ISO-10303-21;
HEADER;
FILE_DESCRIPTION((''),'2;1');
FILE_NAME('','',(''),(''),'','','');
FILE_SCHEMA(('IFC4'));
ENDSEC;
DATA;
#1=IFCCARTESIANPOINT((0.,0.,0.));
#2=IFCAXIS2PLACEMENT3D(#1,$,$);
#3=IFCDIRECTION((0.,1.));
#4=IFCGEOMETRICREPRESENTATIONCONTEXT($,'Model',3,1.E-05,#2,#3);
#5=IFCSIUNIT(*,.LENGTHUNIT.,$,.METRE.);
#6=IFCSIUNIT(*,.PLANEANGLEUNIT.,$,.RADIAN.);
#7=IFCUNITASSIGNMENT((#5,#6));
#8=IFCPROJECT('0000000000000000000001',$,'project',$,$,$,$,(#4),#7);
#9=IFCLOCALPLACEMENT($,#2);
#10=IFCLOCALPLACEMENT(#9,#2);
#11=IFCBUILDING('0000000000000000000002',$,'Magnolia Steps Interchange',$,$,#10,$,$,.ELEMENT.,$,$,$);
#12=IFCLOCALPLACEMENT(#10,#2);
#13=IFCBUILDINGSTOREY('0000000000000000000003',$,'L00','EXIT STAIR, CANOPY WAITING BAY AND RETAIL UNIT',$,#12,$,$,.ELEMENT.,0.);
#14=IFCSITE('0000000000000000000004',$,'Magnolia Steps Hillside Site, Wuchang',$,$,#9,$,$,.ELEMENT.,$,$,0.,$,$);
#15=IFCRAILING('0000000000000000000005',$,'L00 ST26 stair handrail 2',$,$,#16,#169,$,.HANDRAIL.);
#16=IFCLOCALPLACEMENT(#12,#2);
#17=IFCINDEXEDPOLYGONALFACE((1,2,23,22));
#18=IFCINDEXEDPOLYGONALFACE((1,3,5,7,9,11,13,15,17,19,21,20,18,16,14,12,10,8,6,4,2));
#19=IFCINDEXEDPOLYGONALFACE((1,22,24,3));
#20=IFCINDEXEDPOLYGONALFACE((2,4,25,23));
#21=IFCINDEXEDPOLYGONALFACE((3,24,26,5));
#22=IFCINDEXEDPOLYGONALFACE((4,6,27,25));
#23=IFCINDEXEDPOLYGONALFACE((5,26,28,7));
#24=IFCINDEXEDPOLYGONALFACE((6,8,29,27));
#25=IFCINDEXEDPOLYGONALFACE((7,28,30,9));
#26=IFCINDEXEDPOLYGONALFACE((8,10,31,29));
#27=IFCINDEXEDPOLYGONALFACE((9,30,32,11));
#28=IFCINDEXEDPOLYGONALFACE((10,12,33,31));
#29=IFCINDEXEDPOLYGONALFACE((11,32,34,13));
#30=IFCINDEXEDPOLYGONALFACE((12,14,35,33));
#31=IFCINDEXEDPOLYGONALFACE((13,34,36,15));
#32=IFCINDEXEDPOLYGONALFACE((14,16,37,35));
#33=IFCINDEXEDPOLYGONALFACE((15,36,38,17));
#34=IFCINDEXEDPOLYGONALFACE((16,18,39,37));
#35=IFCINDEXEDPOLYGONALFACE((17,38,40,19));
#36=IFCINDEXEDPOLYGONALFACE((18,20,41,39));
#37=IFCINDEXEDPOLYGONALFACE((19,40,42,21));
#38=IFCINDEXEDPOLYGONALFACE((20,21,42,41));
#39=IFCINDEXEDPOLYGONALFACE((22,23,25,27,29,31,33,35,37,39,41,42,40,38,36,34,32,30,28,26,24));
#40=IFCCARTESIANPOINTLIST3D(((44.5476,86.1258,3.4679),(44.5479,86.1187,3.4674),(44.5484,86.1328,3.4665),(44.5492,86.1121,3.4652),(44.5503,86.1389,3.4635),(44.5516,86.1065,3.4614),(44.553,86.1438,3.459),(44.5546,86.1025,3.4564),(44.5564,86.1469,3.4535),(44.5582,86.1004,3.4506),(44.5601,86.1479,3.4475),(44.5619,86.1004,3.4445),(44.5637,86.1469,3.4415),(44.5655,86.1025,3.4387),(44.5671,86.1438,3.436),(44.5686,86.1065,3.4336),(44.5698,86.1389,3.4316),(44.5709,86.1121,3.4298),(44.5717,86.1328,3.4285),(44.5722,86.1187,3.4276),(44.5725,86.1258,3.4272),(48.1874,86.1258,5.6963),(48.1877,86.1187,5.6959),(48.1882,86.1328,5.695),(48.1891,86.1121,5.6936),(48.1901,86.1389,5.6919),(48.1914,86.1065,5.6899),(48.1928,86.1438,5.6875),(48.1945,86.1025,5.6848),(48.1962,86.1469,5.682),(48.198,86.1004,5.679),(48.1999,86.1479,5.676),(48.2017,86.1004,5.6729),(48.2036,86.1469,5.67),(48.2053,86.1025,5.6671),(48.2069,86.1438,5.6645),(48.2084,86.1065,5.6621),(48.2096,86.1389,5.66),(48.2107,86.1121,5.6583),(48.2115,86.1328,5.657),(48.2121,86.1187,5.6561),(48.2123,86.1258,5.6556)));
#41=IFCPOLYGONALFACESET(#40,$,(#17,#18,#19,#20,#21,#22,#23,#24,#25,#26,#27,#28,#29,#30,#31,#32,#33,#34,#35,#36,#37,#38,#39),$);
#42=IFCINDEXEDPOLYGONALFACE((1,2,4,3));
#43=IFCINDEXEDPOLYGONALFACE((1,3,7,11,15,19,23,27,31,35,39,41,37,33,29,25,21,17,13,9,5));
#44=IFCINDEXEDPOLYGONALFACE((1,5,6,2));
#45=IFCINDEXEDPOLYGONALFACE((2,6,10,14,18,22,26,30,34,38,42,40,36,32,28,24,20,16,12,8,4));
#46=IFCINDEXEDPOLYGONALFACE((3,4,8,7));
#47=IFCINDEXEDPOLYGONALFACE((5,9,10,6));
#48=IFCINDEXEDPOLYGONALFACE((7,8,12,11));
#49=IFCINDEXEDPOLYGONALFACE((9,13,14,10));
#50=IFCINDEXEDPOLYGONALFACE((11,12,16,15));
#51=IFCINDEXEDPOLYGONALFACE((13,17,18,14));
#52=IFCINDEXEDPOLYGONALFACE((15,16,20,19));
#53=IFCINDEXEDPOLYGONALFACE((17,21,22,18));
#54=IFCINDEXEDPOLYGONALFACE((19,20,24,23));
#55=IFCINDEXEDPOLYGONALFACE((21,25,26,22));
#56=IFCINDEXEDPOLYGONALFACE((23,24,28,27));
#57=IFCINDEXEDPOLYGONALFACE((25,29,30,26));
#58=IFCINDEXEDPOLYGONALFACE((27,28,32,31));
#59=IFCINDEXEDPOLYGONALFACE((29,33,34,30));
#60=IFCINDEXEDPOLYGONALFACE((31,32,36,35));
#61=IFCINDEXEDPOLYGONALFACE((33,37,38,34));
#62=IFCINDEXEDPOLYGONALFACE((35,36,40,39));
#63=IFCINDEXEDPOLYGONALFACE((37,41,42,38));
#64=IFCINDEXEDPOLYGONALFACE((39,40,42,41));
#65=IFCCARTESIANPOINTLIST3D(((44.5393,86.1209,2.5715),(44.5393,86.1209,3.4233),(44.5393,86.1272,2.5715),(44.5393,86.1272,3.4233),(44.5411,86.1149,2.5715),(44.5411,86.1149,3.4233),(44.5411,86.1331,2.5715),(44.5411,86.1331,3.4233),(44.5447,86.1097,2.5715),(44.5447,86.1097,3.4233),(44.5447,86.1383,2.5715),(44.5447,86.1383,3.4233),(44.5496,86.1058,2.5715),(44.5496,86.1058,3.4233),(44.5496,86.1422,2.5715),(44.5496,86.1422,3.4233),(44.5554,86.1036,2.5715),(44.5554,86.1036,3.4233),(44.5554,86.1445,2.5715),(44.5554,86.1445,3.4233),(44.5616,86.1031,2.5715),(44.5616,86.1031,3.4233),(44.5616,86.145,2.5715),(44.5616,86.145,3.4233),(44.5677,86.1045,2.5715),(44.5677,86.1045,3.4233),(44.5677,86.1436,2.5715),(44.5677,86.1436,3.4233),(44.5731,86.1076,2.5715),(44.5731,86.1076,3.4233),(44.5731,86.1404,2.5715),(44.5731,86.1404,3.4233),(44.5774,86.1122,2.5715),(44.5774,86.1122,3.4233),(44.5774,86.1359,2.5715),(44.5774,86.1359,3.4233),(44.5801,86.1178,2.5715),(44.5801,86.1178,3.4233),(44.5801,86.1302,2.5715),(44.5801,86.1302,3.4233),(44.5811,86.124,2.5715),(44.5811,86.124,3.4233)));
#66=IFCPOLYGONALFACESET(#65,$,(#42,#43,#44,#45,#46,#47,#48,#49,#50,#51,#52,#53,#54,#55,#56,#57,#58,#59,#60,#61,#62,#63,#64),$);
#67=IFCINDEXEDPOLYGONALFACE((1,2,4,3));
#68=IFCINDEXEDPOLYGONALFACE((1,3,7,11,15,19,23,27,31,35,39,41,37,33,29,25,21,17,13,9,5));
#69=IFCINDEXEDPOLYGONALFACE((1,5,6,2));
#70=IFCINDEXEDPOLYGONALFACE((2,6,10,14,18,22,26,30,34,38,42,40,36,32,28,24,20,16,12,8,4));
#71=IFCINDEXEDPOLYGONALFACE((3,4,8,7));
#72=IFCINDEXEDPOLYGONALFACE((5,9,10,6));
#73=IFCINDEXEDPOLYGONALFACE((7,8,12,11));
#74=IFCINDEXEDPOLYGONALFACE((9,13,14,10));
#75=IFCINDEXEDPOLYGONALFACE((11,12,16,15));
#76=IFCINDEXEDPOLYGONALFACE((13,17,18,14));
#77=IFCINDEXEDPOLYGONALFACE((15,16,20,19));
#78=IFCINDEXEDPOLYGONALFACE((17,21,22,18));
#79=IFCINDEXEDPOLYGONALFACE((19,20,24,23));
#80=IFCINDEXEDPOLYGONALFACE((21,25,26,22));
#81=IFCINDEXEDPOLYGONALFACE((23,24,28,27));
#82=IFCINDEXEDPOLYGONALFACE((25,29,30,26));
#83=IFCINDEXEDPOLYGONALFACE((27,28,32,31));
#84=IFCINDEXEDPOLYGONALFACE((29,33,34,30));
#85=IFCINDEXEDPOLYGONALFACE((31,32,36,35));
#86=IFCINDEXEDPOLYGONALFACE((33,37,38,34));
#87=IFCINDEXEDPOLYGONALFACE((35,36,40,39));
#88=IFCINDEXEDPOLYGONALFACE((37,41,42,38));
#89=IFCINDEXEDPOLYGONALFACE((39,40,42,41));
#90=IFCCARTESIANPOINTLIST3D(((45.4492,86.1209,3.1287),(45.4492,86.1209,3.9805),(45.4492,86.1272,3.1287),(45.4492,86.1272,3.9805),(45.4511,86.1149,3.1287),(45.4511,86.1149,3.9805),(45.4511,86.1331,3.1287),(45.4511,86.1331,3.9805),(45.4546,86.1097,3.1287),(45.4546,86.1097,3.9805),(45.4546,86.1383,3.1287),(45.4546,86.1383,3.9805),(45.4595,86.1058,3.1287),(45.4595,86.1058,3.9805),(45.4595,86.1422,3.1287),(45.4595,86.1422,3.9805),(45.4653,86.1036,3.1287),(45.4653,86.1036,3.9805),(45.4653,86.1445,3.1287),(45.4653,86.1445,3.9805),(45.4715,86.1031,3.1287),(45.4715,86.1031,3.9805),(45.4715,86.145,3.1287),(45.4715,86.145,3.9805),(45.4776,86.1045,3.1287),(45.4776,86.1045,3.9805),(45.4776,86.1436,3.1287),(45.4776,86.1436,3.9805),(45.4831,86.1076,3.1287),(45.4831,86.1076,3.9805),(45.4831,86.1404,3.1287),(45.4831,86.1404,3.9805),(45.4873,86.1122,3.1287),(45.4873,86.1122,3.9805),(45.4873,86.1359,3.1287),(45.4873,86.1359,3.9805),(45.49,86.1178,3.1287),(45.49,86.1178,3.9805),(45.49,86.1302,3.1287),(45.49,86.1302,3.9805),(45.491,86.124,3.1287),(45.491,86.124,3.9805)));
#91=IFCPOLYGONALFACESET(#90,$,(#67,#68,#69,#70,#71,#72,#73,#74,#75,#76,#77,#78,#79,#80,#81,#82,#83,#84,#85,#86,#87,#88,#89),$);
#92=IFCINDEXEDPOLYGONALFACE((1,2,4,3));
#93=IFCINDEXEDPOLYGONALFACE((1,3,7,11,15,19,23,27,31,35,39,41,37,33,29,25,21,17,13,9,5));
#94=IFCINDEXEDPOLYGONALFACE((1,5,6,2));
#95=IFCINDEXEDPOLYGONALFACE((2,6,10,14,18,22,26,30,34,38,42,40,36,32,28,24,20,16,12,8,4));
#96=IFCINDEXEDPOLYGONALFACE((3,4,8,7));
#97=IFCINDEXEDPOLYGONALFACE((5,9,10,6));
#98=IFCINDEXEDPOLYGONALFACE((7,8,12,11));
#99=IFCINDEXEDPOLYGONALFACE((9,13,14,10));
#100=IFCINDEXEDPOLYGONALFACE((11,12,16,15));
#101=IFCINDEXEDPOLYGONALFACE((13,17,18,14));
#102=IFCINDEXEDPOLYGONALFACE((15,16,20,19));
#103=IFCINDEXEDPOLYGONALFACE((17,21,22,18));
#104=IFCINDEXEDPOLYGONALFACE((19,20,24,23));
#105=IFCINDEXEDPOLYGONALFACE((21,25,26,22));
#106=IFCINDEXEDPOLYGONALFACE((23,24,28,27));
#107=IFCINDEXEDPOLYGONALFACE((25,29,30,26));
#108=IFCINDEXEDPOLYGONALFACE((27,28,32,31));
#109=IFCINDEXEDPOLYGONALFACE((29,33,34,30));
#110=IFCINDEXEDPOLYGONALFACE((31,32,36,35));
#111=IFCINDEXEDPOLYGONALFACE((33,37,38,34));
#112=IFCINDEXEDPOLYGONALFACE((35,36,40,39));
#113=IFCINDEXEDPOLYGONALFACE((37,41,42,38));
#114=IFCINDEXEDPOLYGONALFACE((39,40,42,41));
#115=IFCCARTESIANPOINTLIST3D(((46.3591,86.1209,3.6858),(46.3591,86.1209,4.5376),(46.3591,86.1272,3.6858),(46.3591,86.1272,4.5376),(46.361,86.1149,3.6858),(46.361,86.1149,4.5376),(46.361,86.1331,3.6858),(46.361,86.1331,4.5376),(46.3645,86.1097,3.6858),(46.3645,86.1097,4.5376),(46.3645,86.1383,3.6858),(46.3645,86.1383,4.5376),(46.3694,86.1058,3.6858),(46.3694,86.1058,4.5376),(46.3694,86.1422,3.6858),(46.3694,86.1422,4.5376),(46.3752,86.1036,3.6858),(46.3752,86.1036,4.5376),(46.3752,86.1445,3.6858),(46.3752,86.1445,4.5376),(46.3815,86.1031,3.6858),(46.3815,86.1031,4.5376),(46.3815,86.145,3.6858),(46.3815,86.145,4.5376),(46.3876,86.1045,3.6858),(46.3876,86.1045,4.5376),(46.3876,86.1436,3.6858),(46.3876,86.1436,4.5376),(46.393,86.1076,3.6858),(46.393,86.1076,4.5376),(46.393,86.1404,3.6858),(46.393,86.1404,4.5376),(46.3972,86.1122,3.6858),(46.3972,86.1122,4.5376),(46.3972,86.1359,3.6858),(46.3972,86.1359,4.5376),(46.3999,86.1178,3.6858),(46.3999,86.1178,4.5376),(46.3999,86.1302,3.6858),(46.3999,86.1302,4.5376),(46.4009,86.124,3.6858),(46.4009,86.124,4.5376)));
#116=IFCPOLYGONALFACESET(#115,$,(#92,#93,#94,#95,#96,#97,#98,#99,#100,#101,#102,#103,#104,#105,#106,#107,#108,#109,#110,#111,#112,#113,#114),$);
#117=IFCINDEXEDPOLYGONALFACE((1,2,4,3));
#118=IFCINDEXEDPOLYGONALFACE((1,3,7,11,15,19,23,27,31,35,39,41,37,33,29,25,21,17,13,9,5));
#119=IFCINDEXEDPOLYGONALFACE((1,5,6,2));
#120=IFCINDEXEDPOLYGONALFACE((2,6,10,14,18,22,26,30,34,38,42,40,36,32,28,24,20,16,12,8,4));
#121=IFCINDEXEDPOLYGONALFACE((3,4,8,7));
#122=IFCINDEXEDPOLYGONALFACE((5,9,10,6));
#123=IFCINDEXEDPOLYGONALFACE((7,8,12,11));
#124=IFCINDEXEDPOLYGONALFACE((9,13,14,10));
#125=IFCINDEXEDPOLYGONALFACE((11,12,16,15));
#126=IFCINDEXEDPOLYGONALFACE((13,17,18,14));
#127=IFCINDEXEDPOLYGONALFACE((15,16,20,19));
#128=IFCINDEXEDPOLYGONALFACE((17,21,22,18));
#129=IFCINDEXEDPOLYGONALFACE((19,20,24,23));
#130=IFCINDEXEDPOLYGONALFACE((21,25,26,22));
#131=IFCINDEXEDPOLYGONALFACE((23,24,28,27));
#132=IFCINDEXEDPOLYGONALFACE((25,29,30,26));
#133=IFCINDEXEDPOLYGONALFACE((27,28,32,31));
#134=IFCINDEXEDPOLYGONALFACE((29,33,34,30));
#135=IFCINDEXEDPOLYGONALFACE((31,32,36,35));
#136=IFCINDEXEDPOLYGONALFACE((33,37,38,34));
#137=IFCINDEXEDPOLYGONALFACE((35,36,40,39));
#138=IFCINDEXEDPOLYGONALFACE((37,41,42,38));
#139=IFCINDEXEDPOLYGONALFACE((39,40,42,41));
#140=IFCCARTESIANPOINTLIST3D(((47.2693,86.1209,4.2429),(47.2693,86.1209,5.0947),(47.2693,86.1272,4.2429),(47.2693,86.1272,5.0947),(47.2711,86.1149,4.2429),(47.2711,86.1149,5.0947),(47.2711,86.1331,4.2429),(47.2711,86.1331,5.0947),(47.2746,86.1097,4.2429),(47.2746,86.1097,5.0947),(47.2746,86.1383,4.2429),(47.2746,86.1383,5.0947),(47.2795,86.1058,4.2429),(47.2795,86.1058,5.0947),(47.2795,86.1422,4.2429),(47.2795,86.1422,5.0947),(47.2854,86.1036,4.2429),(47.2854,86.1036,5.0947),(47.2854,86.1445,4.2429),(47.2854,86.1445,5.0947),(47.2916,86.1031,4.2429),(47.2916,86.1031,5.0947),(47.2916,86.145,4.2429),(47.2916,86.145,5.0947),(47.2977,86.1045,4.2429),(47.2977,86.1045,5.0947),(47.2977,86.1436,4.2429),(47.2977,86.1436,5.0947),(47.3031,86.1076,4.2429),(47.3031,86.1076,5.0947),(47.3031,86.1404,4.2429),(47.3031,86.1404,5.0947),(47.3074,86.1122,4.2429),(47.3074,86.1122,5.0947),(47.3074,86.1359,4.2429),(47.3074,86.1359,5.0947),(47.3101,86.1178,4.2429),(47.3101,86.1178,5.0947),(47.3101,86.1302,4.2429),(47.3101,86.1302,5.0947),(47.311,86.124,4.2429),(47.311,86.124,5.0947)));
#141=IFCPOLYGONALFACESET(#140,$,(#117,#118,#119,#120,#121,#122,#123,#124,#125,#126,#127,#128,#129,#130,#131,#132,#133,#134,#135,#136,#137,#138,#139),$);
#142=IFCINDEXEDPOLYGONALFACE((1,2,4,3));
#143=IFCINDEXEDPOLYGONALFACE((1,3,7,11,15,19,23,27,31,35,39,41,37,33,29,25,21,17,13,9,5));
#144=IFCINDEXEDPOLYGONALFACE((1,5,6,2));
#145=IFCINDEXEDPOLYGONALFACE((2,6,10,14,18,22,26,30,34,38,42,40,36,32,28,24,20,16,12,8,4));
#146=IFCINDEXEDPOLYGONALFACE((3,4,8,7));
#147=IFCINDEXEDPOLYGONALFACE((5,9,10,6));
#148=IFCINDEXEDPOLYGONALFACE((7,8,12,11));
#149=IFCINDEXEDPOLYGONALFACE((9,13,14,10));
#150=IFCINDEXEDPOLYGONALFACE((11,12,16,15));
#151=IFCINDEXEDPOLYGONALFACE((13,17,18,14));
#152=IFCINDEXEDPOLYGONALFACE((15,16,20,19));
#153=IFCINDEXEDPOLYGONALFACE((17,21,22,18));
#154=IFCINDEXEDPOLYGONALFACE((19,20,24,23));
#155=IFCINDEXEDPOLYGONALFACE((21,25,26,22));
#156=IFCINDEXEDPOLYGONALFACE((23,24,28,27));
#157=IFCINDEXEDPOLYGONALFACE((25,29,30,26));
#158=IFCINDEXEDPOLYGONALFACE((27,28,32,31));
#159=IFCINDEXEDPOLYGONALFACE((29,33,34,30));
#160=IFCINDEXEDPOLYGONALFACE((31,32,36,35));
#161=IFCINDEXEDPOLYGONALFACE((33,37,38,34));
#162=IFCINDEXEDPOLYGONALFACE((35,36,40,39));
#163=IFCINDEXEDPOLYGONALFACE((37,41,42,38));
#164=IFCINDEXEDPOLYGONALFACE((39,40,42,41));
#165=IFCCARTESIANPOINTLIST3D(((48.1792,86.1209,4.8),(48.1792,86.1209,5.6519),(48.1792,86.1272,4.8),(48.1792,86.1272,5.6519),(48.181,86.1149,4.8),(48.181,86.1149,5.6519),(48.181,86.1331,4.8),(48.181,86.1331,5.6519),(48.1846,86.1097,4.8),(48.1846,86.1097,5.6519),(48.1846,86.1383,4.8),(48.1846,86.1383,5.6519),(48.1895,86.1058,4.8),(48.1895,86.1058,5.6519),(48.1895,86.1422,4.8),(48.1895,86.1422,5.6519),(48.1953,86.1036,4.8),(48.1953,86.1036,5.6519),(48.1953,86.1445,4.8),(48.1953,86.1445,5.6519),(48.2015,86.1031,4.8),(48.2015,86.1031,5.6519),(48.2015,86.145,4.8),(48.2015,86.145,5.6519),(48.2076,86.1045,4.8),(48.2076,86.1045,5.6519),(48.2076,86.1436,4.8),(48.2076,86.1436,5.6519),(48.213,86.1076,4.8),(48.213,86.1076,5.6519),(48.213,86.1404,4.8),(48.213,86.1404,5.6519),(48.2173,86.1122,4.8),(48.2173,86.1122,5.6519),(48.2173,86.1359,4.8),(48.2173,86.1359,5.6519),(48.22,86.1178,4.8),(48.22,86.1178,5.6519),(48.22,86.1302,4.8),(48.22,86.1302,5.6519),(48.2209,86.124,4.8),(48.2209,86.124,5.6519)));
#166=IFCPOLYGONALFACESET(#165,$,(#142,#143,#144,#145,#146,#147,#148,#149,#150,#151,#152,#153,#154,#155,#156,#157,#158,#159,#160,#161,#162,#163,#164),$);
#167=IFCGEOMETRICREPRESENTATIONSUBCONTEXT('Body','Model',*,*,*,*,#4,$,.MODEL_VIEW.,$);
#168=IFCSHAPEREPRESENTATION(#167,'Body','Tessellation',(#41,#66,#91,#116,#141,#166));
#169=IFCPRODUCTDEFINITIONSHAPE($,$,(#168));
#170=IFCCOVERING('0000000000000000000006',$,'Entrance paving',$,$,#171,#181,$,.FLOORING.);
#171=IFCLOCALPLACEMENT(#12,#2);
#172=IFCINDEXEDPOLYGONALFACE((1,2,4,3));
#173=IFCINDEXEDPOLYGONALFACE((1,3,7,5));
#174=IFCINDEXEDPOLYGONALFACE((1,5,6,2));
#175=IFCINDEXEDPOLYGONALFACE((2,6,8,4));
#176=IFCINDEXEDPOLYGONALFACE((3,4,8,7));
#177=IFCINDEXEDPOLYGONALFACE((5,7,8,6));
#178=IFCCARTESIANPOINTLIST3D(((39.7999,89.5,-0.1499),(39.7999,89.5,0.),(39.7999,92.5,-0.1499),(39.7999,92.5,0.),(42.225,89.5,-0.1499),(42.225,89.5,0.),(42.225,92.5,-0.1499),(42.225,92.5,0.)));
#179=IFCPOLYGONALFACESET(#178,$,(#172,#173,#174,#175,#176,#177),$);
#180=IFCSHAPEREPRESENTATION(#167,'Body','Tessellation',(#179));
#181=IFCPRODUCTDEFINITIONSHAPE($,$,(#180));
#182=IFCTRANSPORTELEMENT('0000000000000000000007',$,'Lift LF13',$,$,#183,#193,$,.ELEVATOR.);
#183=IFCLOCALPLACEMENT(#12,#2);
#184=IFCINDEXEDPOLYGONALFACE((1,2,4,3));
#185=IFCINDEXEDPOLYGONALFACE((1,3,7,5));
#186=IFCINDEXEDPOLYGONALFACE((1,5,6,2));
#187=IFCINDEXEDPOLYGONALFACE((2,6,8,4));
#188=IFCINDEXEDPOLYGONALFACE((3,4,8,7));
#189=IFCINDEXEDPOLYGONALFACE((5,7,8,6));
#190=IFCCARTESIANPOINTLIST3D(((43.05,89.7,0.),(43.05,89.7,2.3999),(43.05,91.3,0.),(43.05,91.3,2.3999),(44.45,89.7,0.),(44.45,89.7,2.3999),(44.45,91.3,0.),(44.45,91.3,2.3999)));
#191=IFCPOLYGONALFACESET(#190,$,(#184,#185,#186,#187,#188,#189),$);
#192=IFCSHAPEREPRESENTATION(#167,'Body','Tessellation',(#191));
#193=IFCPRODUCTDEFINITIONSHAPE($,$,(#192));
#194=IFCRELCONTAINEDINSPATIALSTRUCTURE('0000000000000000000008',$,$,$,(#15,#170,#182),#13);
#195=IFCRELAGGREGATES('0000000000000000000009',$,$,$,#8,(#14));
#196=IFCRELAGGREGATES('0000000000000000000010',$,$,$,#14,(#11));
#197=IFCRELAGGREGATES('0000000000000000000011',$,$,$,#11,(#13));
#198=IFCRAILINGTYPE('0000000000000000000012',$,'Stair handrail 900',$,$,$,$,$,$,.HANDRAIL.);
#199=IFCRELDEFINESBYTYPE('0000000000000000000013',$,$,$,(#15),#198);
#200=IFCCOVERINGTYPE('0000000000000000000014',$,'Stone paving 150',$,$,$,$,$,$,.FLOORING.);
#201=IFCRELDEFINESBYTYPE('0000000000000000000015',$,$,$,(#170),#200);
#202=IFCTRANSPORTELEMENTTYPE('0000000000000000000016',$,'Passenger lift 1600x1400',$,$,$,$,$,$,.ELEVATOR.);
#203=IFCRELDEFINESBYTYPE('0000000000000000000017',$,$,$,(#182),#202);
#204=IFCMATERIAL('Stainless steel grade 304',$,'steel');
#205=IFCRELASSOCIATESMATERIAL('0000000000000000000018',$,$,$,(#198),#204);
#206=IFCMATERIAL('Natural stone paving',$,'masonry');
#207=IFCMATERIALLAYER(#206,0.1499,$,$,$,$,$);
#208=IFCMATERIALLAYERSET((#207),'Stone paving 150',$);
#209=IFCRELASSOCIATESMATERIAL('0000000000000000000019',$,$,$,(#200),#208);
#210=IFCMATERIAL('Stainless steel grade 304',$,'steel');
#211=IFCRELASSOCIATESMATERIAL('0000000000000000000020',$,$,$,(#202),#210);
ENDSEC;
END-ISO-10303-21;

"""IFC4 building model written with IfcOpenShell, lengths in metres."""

from ifc_helpers import new_model, si_unit, direction, frame, origin, origin_2d, place, context, subcontext, project, spatial, rectangle, circle, extrude, material, layer, layer_set, type_object, element, save


model = new_model("IFC4")

# Units and contexts
model_context = context("Model", 3, precision=1e-05, world=origin(), true_north=direction((0.0, 1.0)))
body_context = subcontext(model_context, "Body", "Model", "MODEL_VIEW")
ifc_project = project(units=[si_unit("LENGTHUNIT", "METRE"), si_unit("PLANEANGLEUNIT", "RADIAN")], contexts=[model_context])

# Site, building, storey
site_placement = place(None, origin())
site = spatial("IfcSite", under=ifc_project, at=site_placement, Name="Magnolia Steps Hillside Site, Wuchang", CompositionType="ELEMENT", RefElevation=0.0)
building_placement = place(site_placement, origin())
building = spatial("IfcBuilding", under=site, at=building_placement, Name="Magnolia Steps Interchange", CompositionType="ELEMENT")
storey_placement = place(building_placement, origin())
storey = spatial("IfcBuildingStorey", under=building, at=storey_placement, Name="L00", Description="EXIT STAIR, CANOPY WAITING BAY AND RETAIL UNIT", CompositionType="ELEMENT", Elevation=0.0)

# Railing
ifc_material_1 = material(Name="Stainless steel grade 304", Category="steel")
railing_type_1 = type_object("IfcRailingType", Name="Stair handrail 900", PredefinedType="HANDRAIL", material=ifc_material_1)
railing_1_placement = place(storey_placement, frame((44.5601, 86.124, 2.5715)))
element("IfcRailing", 1, at=railing_1_placement, inside=storey, type_object=railing_type_1, Name="L00 ST26 stair handrail 2", PredefinedType="HANDRAIL", context=body_context, shape_type="SweptSolid", body=[
    extrude(circle(Radius=0.0239, at=origin_2d()), frame((0.0, 0.0, 0.876), z_axis=(0.85285, 0.0, 0.522156), x_axis=(0.0, 1.0, 0.0)), (0.0, 0.0, 1.0), 4.2678),
    extrude(circle(Radius=0.021, at=origin_2d()), origin(), (0.0, 0.0, 1.0), 0.8518),
    extrude(circle(Radius=0.021, at=origin_2d()), frame((0.9099, 0.0, 0.5571)), (0.0, 0.0, 1.0), 0.8518),
    extrude(circle(Radius=0.021, at=origin_2d()), frame((1.8198, 0.0, 1.1143)), (0.0, 0.0, 1.0), 0.8518),
    extrude(circle(Radius=0.021, at=origin_2d()), frame((2.73, 0.0, 1.6714)), (0.0, 0.0, 1.0), 0.8518),
    extrude(circle(Radius=0.021, at=origin_2d()), frame((3.6399, 0.0, 2.2285)), (0.0, 0.0, 1.0), 0.8518),
])

# Covering
ifc_material_2 = material(Name="Natural stone paving", Category="masonry")
ifc_layer_1 = layer(ifc_material_2, 0.1499)
ifc_layer_set_1 = layer_set([ifc_layer_1], Name="Stone paving 150")
covering_type_1 = type_object("IfcCoveringType", Name="Stone paving 150", PredefinedType="FLOORING", material=ifc_layer_set_1)
covering_1_placement = place(storey_placement, frame((41.0125, 91.0, -0.1499), z_axis=(0.0, 0.0, 1.0), x_axis=(1.0, 0.0, 0.0)))
element("IfcCovering", 2, at=covering_1_placement, inside=storey, type_object=covering_type_1, Name="Entrance paving", PredefinedType="FLOORING", context=body_context, shape_type="SweptSolid", body=[
    extrude(rectangle(XDim=2.425, YDim=3.0, at=origin_2d()), origin(), (0.0, 0.0, 1.0), 0.1499),
])

# Transport element
ifc_material_3 = material(Name="Stainless steel grade 304", Category="steel")
transport_element_type = type_object("IfcTransportElementType", Name="Passenger lift 1600x1400", PredefinedType="ELEVATOR", material=ifc_material_3)
transport_element_placement = place(storey_placement, frame((43.75, 90.5, 0.0), z_axis=(0.0, 0.0, 1.0), x_axis=(0.0, 1.0, 0.0)))
element("IfcTransportElement", 3, at=transport_element_placement, inside=storey, type_object=transport_element_type, Name="Lift LF13", PredefinedType="ELEVATOR", context=body_context, shape_type="SweptSolid", body=[
    extrude(rectangle(XDim=1.6001, YDim=1.3999, at=origin_2d()), origin(), (0.0, 0.0, 1.0), 2.3999),
])

save(model, "model.ifc")
